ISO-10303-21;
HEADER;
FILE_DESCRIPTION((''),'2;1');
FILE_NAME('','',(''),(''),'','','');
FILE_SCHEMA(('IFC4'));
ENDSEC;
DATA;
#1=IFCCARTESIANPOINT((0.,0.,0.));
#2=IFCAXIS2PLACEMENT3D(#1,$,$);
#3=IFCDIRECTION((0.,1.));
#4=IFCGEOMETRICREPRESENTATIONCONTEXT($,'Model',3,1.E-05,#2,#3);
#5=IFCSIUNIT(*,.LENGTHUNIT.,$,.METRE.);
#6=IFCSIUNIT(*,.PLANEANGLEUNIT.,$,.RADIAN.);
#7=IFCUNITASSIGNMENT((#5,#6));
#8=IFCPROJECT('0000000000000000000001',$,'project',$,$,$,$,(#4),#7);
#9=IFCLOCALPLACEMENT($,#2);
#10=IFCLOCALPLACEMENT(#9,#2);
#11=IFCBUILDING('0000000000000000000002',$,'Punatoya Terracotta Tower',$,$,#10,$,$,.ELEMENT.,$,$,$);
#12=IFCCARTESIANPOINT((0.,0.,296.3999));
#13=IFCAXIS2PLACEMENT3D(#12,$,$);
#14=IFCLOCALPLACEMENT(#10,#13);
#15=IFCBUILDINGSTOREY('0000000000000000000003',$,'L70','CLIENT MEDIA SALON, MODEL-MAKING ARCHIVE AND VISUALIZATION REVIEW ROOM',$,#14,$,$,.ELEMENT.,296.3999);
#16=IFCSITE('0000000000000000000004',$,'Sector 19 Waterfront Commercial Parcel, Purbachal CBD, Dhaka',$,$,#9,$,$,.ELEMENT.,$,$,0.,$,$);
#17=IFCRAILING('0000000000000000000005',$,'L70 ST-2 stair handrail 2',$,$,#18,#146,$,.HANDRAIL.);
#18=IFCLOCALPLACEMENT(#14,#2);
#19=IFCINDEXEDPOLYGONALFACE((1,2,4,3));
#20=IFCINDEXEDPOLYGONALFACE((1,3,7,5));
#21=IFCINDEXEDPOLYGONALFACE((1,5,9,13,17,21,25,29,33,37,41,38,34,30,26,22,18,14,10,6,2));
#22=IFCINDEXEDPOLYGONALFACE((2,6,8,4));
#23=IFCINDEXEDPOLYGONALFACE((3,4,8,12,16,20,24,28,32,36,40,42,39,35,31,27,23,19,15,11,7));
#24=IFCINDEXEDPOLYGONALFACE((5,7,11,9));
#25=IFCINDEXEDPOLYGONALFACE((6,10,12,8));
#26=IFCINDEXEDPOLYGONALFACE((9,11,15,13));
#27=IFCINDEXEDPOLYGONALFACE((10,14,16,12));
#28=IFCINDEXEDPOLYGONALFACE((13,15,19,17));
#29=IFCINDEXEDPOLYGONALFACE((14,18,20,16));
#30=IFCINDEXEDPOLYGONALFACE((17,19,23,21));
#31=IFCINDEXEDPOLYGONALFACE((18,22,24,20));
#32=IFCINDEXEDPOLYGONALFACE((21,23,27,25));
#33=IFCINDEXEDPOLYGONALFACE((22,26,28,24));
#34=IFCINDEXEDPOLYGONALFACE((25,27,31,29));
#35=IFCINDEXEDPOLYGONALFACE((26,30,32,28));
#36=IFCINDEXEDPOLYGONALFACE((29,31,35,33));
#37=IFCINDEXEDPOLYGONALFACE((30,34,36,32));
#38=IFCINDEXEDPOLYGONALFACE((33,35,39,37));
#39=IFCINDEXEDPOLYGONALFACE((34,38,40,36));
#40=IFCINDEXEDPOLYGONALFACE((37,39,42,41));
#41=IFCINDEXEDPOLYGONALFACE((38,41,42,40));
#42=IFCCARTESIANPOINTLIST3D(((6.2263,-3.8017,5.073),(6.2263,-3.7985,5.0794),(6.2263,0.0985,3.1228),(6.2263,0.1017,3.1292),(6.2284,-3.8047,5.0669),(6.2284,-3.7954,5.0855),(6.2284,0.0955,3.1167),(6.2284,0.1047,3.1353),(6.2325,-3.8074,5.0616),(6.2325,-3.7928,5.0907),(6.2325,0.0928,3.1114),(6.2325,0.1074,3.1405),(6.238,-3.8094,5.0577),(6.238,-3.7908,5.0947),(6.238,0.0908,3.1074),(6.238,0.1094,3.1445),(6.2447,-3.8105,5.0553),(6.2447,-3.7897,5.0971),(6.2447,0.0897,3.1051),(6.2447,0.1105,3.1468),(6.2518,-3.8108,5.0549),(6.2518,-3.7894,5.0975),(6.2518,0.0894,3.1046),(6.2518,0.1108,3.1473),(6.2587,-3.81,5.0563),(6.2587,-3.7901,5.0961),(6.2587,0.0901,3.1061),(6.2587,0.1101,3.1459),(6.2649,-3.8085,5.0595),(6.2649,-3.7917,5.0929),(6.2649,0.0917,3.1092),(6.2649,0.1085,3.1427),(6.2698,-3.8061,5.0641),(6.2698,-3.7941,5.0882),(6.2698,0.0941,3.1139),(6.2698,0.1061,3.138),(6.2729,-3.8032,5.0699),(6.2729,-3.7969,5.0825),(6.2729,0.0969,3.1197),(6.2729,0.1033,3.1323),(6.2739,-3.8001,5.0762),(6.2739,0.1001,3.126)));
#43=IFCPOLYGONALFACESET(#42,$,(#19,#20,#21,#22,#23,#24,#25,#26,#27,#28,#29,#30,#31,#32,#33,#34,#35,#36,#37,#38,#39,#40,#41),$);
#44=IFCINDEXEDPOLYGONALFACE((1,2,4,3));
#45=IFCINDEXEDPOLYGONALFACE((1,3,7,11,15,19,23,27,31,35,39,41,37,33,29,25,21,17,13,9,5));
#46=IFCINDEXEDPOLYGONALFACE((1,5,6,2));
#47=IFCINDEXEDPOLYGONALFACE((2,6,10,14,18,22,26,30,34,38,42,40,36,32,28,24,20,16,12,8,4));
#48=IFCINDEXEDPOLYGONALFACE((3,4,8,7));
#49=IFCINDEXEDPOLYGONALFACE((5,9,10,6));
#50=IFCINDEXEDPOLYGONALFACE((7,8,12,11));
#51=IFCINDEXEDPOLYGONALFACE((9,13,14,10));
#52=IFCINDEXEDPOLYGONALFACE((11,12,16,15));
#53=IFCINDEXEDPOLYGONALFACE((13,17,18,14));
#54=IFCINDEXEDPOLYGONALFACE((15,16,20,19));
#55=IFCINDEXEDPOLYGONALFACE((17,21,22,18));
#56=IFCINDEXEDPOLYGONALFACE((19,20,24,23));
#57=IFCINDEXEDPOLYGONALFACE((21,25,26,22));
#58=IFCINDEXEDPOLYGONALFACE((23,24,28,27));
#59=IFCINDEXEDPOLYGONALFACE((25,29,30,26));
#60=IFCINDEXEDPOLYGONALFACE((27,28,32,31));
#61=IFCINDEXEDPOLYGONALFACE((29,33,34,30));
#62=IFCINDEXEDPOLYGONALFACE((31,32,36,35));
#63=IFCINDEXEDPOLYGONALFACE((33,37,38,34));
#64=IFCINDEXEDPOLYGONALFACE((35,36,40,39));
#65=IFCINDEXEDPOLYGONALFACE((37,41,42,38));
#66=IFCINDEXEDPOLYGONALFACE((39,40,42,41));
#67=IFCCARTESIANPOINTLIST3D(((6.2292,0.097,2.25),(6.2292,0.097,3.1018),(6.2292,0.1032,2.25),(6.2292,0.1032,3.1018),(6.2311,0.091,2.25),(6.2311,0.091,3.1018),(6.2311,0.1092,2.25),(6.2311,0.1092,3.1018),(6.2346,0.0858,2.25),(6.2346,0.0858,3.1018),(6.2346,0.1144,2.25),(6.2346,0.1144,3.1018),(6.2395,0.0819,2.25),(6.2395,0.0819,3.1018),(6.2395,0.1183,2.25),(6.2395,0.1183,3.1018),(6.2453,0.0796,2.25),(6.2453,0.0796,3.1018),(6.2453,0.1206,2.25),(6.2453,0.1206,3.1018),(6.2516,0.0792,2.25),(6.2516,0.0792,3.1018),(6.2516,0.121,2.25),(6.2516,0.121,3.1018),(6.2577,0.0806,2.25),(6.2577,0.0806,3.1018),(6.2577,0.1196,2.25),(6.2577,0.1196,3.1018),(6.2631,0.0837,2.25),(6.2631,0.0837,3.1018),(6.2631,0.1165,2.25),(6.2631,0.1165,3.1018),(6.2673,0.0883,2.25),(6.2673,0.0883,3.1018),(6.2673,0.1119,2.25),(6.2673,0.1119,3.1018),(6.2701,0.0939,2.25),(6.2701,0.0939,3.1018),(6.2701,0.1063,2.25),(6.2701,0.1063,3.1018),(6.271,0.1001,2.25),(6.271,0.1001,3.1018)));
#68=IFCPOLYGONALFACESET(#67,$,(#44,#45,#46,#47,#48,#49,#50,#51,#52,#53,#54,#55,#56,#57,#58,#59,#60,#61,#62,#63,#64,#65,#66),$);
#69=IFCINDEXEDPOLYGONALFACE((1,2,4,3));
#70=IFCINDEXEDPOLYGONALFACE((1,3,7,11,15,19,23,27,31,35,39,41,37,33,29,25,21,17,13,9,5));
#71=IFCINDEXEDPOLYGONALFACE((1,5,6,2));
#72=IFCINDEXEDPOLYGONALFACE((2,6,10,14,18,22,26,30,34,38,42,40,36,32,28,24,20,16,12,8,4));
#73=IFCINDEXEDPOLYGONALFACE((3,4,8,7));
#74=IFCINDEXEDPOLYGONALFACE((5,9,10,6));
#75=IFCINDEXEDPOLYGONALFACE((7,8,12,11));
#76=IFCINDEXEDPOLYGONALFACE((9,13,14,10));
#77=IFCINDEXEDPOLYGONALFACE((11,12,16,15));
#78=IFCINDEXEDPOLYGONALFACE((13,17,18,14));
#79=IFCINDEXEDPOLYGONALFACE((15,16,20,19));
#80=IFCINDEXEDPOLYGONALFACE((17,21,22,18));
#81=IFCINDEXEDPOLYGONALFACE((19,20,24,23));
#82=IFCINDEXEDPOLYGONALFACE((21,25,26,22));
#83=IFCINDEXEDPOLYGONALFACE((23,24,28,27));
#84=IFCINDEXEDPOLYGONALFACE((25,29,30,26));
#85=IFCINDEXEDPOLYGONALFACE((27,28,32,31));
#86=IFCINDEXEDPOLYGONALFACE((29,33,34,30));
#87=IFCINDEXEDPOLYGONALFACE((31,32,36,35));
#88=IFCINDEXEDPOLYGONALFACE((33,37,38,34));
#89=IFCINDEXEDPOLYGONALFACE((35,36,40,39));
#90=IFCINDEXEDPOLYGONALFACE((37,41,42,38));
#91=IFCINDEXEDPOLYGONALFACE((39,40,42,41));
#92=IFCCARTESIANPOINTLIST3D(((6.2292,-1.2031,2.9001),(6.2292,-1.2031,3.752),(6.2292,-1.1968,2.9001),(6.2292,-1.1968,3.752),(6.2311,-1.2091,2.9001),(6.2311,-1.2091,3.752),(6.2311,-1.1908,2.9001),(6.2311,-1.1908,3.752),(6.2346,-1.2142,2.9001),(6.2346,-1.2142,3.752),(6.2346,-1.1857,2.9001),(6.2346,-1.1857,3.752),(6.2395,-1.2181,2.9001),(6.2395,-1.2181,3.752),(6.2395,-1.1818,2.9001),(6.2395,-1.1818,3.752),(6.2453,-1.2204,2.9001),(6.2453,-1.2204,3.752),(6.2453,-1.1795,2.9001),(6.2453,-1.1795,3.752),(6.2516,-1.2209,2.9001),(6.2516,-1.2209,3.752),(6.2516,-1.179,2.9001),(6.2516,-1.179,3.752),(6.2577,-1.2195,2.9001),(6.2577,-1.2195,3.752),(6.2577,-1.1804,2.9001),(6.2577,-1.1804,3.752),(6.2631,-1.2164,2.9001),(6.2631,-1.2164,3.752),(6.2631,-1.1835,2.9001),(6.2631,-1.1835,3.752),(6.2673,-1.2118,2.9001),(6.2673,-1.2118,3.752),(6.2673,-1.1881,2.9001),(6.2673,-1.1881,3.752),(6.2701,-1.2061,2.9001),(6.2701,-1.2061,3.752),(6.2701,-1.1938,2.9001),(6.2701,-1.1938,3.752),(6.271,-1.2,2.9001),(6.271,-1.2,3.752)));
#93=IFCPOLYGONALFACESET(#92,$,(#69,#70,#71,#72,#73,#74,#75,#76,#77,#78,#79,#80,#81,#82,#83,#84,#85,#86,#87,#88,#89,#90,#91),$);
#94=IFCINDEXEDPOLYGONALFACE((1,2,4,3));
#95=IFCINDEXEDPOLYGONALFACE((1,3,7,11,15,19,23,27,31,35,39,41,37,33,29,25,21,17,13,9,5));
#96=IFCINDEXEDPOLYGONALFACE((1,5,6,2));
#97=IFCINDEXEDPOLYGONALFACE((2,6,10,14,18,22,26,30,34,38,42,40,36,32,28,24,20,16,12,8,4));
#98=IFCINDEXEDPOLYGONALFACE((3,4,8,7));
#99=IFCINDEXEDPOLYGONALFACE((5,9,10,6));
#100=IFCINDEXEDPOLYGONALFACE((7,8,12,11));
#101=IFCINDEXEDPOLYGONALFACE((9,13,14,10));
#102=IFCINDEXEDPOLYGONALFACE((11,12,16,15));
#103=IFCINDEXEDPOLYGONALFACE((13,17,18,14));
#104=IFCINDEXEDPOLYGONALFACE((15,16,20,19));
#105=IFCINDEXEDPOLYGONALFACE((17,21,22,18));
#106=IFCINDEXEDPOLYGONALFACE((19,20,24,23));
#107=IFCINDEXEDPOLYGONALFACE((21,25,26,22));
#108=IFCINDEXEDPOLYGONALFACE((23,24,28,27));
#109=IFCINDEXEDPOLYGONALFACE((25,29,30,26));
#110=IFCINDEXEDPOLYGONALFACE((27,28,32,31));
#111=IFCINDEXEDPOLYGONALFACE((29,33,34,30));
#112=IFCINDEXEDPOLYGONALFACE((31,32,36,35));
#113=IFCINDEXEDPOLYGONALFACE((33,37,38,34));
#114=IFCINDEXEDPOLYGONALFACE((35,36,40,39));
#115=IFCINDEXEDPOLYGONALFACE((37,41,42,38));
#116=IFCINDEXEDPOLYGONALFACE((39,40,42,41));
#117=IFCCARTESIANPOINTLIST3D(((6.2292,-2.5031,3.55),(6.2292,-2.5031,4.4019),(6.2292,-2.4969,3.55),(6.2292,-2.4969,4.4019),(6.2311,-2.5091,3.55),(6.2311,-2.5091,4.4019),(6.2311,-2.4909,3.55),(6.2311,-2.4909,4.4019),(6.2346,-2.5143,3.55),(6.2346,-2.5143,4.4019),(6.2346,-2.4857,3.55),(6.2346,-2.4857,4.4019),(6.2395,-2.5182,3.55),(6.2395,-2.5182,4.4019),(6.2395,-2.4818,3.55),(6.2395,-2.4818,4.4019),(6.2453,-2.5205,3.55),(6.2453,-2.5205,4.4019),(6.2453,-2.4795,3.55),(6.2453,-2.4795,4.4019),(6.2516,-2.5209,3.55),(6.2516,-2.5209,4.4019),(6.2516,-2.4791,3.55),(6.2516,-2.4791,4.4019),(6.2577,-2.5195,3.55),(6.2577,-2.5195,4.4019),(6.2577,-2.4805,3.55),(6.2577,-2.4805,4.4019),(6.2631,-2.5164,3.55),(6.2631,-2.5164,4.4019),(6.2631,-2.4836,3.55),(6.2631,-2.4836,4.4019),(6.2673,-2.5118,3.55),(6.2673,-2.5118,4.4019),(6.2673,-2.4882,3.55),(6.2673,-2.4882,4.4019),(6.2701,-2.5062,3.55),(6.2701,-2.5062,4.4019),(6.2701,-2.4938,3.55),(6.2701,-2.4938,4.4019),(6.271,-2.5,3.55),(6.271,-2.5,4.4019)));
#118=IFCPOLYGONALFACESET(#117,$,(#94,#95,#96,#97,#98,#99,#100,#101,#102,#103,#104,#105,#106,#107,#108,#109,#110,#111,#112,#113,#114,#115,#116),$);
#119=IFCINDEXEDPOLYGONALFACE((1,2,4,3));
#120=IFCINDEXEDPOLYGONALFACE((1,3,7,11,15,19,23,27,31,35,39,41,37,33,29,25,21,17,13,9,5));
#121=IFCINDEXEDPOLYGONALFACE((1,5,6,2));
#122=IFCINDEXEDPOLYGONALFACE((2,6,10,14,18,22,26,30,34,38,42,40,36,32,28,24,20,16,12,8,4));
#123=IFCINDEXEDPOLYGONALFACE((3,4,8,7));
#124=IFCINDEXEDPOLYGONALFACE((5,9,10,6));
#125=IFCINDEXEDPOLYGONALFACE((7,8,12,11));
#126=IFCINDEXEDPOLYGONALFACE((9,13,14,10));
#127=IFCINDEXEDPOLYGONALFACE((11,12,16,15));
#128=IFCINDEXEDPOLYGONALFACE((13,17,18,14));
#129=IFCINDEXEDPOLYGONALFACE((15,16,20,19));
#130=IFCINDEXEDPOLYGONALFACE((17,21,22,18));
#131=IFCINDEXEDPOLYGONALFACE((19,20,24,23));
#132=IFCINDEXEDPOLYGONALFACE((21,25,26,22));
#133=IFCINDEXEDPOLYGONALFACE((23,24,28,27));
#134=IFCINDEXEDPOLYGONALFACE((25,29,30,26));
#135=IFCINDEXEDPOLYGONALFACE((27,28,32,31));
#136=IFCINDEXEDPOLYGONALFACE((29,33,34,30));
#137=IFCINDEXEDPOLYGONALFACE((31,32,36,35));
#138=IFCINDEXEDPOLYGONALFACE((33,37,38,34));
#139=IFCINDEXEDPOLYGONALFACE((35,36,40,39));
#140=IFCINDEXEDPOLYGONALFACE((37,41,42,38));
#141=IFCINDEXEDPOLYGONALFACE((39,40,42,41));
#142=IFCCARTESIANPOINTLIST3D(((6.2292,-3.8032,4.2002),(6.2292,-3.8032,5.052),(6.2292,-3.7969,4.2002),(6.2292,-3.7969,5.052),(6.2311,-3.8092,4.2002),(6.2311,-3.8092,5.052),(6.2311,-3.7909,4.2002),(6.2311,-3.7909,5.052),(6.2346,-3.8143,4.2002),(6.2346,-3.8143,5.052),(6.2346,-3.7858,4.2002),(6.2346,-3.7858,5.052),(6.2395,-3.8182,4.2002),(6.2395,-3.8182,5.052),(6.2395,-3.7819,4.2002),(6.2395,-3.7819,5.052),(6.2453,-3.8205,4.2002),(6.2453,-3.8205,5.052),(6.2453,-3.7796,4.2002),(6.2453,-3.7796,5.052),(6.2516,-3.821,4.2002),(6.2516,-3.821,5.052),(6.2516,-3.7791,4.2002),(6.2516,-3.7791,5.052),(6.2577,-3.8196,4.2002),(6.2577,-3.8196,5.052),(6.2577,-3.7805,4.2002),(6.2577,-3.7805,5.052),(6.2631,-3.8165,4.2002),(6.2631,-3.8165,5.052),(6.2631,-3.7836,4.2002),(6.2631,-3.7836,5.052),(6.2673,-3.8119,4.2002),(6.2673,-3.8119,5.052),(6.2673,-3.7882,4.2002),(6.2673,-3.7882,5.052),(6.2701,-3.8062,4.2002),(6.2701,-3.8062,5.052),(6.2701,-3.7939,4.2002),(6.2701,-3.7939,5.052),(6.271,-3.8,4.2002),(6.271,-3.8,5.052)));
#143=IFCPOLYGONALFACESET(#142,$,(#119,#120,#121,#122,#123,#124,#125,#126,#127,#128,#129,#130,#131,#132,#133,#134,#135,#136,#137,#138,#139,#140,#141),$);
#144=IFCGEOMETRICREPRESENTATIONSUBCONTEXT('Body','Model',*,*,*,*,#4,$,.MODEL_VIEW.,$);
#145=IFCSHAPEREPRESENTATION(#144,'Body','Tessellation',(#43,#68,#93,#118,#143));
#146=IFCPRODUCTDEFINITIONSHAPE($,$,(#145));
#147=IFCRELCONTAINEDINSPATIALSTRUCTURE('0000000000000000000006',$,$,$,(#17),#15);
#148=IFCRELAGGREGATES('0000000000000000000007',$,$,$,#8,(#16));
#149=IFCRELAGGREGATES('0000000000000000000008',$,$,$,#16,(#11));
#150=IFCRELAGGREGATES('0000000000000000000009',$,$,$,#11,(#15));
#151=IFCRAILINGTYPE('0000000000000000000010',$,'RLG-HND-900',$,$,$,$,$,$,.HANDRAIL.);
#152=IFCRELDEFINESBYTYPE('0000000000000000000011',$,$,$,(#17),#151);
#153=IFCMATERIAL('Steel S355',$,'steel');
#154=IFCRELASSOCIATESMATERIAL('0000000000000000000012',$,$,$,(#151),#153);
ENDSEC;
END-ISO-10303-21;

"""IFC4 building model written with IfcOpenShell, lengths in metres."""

from ifc_helpers import new_model, si_unit, direction, frame, origin, origin_2d, place, context, subcontext, project, spatial, circle, extrude, material, type_object, element, save


model = new_model("IFC4")

# Units and contexts
model_context = context("Model", 3, precision=1e-05, world=origin(), true_north=direction((0.0, 1.0)))
body_context = subcontext(model_context, "Body", "Model", "MODEL_VIEW")
ifc_project = project(units=[si_unit("LENGTHUNIT", "METRE"), si_unit("PLANEANGLEUNIT", "RADIAN")], contexts=[model_context])

# Site, building, storey
site_placement = place(None, origin())
site = spatial("IfcSite", under=ifc_project, at=site_placement, Name="Sector 19 Waterfront Commercial Parcel, Purbachal CBD, Dhaka", CompositionType="ELEMENT", RefElevation=0.0)
building_placement = place(site_placement, origin())
building = spatial("IfcBuilding", under=site, at=building_placement, Name="Punatoya Terracotta Tower", CompositionType="ELEMENT")
storey_placement = place(building_placement, frame((0.0, 0.0, 296.3999)))
storey = spatial("IfcBuildingStorey", under=building, at=storey_placement, Name="L70", Description="CLIENT MEDIA SALON, MODEL-MAKING ARCHIVE AND VISUALIZATION REVIEW ROOM", CompositionType="ELEMENT", Elevation=296.3999)

# Shared definitions
ifc_material_1 = material(Name="Steel S355", Category="steel")

# Railing
railing_type_1 = type_object("IfcRailingType", Name="RLG-HND-900", PredefinedType="HANDRAIL", material=ifc_material_1)
railing_1_placement = place(storey_placement, frame((6.25, 0.1001, 2.25)))
element("IfcRailing", 1, at=railing_1_placement, inside=storey, type_object=railing_type_1, Name="L70 ST-2 stair handrail 2", PredefinedType="HANDRAIL", context=body_context, shape_type="SweptSolid", body=[
    extrude(circle(Radius=0.0239, at=origin_2d()), frame((0.0, 0.0, 0.876), z_axis=(0.0, -0.894416, 0.447236), x_axis=(1.0, 0.0, 0.0)), (0.0, 0.0, 1.0), 4.3606),
    extrude(circle(Radius=0.021, at=origin_2d()), origin(), (0.0, 0.0, 1.0), 0.8518),
    extrude(circle(Radius=0.021, at=origin_2d()), frame((0.0, -1.3, 0.6501)), (0.0, 0.0, 1.0), 0.8518),
    extrude(circle(Radius=0.021, at=origin_2d()), frame((0.0, -2.6001, 1.3)), (0.0, 0.0, 1.0), 0.8518),
    extrude(circle(Radius=0.021, at=origin_2d()), frame((0.0, -3.9001, 1.9502)), (0.0, 0.0, 1.0), 0.8518),
])

save(model, "model.ifc")
